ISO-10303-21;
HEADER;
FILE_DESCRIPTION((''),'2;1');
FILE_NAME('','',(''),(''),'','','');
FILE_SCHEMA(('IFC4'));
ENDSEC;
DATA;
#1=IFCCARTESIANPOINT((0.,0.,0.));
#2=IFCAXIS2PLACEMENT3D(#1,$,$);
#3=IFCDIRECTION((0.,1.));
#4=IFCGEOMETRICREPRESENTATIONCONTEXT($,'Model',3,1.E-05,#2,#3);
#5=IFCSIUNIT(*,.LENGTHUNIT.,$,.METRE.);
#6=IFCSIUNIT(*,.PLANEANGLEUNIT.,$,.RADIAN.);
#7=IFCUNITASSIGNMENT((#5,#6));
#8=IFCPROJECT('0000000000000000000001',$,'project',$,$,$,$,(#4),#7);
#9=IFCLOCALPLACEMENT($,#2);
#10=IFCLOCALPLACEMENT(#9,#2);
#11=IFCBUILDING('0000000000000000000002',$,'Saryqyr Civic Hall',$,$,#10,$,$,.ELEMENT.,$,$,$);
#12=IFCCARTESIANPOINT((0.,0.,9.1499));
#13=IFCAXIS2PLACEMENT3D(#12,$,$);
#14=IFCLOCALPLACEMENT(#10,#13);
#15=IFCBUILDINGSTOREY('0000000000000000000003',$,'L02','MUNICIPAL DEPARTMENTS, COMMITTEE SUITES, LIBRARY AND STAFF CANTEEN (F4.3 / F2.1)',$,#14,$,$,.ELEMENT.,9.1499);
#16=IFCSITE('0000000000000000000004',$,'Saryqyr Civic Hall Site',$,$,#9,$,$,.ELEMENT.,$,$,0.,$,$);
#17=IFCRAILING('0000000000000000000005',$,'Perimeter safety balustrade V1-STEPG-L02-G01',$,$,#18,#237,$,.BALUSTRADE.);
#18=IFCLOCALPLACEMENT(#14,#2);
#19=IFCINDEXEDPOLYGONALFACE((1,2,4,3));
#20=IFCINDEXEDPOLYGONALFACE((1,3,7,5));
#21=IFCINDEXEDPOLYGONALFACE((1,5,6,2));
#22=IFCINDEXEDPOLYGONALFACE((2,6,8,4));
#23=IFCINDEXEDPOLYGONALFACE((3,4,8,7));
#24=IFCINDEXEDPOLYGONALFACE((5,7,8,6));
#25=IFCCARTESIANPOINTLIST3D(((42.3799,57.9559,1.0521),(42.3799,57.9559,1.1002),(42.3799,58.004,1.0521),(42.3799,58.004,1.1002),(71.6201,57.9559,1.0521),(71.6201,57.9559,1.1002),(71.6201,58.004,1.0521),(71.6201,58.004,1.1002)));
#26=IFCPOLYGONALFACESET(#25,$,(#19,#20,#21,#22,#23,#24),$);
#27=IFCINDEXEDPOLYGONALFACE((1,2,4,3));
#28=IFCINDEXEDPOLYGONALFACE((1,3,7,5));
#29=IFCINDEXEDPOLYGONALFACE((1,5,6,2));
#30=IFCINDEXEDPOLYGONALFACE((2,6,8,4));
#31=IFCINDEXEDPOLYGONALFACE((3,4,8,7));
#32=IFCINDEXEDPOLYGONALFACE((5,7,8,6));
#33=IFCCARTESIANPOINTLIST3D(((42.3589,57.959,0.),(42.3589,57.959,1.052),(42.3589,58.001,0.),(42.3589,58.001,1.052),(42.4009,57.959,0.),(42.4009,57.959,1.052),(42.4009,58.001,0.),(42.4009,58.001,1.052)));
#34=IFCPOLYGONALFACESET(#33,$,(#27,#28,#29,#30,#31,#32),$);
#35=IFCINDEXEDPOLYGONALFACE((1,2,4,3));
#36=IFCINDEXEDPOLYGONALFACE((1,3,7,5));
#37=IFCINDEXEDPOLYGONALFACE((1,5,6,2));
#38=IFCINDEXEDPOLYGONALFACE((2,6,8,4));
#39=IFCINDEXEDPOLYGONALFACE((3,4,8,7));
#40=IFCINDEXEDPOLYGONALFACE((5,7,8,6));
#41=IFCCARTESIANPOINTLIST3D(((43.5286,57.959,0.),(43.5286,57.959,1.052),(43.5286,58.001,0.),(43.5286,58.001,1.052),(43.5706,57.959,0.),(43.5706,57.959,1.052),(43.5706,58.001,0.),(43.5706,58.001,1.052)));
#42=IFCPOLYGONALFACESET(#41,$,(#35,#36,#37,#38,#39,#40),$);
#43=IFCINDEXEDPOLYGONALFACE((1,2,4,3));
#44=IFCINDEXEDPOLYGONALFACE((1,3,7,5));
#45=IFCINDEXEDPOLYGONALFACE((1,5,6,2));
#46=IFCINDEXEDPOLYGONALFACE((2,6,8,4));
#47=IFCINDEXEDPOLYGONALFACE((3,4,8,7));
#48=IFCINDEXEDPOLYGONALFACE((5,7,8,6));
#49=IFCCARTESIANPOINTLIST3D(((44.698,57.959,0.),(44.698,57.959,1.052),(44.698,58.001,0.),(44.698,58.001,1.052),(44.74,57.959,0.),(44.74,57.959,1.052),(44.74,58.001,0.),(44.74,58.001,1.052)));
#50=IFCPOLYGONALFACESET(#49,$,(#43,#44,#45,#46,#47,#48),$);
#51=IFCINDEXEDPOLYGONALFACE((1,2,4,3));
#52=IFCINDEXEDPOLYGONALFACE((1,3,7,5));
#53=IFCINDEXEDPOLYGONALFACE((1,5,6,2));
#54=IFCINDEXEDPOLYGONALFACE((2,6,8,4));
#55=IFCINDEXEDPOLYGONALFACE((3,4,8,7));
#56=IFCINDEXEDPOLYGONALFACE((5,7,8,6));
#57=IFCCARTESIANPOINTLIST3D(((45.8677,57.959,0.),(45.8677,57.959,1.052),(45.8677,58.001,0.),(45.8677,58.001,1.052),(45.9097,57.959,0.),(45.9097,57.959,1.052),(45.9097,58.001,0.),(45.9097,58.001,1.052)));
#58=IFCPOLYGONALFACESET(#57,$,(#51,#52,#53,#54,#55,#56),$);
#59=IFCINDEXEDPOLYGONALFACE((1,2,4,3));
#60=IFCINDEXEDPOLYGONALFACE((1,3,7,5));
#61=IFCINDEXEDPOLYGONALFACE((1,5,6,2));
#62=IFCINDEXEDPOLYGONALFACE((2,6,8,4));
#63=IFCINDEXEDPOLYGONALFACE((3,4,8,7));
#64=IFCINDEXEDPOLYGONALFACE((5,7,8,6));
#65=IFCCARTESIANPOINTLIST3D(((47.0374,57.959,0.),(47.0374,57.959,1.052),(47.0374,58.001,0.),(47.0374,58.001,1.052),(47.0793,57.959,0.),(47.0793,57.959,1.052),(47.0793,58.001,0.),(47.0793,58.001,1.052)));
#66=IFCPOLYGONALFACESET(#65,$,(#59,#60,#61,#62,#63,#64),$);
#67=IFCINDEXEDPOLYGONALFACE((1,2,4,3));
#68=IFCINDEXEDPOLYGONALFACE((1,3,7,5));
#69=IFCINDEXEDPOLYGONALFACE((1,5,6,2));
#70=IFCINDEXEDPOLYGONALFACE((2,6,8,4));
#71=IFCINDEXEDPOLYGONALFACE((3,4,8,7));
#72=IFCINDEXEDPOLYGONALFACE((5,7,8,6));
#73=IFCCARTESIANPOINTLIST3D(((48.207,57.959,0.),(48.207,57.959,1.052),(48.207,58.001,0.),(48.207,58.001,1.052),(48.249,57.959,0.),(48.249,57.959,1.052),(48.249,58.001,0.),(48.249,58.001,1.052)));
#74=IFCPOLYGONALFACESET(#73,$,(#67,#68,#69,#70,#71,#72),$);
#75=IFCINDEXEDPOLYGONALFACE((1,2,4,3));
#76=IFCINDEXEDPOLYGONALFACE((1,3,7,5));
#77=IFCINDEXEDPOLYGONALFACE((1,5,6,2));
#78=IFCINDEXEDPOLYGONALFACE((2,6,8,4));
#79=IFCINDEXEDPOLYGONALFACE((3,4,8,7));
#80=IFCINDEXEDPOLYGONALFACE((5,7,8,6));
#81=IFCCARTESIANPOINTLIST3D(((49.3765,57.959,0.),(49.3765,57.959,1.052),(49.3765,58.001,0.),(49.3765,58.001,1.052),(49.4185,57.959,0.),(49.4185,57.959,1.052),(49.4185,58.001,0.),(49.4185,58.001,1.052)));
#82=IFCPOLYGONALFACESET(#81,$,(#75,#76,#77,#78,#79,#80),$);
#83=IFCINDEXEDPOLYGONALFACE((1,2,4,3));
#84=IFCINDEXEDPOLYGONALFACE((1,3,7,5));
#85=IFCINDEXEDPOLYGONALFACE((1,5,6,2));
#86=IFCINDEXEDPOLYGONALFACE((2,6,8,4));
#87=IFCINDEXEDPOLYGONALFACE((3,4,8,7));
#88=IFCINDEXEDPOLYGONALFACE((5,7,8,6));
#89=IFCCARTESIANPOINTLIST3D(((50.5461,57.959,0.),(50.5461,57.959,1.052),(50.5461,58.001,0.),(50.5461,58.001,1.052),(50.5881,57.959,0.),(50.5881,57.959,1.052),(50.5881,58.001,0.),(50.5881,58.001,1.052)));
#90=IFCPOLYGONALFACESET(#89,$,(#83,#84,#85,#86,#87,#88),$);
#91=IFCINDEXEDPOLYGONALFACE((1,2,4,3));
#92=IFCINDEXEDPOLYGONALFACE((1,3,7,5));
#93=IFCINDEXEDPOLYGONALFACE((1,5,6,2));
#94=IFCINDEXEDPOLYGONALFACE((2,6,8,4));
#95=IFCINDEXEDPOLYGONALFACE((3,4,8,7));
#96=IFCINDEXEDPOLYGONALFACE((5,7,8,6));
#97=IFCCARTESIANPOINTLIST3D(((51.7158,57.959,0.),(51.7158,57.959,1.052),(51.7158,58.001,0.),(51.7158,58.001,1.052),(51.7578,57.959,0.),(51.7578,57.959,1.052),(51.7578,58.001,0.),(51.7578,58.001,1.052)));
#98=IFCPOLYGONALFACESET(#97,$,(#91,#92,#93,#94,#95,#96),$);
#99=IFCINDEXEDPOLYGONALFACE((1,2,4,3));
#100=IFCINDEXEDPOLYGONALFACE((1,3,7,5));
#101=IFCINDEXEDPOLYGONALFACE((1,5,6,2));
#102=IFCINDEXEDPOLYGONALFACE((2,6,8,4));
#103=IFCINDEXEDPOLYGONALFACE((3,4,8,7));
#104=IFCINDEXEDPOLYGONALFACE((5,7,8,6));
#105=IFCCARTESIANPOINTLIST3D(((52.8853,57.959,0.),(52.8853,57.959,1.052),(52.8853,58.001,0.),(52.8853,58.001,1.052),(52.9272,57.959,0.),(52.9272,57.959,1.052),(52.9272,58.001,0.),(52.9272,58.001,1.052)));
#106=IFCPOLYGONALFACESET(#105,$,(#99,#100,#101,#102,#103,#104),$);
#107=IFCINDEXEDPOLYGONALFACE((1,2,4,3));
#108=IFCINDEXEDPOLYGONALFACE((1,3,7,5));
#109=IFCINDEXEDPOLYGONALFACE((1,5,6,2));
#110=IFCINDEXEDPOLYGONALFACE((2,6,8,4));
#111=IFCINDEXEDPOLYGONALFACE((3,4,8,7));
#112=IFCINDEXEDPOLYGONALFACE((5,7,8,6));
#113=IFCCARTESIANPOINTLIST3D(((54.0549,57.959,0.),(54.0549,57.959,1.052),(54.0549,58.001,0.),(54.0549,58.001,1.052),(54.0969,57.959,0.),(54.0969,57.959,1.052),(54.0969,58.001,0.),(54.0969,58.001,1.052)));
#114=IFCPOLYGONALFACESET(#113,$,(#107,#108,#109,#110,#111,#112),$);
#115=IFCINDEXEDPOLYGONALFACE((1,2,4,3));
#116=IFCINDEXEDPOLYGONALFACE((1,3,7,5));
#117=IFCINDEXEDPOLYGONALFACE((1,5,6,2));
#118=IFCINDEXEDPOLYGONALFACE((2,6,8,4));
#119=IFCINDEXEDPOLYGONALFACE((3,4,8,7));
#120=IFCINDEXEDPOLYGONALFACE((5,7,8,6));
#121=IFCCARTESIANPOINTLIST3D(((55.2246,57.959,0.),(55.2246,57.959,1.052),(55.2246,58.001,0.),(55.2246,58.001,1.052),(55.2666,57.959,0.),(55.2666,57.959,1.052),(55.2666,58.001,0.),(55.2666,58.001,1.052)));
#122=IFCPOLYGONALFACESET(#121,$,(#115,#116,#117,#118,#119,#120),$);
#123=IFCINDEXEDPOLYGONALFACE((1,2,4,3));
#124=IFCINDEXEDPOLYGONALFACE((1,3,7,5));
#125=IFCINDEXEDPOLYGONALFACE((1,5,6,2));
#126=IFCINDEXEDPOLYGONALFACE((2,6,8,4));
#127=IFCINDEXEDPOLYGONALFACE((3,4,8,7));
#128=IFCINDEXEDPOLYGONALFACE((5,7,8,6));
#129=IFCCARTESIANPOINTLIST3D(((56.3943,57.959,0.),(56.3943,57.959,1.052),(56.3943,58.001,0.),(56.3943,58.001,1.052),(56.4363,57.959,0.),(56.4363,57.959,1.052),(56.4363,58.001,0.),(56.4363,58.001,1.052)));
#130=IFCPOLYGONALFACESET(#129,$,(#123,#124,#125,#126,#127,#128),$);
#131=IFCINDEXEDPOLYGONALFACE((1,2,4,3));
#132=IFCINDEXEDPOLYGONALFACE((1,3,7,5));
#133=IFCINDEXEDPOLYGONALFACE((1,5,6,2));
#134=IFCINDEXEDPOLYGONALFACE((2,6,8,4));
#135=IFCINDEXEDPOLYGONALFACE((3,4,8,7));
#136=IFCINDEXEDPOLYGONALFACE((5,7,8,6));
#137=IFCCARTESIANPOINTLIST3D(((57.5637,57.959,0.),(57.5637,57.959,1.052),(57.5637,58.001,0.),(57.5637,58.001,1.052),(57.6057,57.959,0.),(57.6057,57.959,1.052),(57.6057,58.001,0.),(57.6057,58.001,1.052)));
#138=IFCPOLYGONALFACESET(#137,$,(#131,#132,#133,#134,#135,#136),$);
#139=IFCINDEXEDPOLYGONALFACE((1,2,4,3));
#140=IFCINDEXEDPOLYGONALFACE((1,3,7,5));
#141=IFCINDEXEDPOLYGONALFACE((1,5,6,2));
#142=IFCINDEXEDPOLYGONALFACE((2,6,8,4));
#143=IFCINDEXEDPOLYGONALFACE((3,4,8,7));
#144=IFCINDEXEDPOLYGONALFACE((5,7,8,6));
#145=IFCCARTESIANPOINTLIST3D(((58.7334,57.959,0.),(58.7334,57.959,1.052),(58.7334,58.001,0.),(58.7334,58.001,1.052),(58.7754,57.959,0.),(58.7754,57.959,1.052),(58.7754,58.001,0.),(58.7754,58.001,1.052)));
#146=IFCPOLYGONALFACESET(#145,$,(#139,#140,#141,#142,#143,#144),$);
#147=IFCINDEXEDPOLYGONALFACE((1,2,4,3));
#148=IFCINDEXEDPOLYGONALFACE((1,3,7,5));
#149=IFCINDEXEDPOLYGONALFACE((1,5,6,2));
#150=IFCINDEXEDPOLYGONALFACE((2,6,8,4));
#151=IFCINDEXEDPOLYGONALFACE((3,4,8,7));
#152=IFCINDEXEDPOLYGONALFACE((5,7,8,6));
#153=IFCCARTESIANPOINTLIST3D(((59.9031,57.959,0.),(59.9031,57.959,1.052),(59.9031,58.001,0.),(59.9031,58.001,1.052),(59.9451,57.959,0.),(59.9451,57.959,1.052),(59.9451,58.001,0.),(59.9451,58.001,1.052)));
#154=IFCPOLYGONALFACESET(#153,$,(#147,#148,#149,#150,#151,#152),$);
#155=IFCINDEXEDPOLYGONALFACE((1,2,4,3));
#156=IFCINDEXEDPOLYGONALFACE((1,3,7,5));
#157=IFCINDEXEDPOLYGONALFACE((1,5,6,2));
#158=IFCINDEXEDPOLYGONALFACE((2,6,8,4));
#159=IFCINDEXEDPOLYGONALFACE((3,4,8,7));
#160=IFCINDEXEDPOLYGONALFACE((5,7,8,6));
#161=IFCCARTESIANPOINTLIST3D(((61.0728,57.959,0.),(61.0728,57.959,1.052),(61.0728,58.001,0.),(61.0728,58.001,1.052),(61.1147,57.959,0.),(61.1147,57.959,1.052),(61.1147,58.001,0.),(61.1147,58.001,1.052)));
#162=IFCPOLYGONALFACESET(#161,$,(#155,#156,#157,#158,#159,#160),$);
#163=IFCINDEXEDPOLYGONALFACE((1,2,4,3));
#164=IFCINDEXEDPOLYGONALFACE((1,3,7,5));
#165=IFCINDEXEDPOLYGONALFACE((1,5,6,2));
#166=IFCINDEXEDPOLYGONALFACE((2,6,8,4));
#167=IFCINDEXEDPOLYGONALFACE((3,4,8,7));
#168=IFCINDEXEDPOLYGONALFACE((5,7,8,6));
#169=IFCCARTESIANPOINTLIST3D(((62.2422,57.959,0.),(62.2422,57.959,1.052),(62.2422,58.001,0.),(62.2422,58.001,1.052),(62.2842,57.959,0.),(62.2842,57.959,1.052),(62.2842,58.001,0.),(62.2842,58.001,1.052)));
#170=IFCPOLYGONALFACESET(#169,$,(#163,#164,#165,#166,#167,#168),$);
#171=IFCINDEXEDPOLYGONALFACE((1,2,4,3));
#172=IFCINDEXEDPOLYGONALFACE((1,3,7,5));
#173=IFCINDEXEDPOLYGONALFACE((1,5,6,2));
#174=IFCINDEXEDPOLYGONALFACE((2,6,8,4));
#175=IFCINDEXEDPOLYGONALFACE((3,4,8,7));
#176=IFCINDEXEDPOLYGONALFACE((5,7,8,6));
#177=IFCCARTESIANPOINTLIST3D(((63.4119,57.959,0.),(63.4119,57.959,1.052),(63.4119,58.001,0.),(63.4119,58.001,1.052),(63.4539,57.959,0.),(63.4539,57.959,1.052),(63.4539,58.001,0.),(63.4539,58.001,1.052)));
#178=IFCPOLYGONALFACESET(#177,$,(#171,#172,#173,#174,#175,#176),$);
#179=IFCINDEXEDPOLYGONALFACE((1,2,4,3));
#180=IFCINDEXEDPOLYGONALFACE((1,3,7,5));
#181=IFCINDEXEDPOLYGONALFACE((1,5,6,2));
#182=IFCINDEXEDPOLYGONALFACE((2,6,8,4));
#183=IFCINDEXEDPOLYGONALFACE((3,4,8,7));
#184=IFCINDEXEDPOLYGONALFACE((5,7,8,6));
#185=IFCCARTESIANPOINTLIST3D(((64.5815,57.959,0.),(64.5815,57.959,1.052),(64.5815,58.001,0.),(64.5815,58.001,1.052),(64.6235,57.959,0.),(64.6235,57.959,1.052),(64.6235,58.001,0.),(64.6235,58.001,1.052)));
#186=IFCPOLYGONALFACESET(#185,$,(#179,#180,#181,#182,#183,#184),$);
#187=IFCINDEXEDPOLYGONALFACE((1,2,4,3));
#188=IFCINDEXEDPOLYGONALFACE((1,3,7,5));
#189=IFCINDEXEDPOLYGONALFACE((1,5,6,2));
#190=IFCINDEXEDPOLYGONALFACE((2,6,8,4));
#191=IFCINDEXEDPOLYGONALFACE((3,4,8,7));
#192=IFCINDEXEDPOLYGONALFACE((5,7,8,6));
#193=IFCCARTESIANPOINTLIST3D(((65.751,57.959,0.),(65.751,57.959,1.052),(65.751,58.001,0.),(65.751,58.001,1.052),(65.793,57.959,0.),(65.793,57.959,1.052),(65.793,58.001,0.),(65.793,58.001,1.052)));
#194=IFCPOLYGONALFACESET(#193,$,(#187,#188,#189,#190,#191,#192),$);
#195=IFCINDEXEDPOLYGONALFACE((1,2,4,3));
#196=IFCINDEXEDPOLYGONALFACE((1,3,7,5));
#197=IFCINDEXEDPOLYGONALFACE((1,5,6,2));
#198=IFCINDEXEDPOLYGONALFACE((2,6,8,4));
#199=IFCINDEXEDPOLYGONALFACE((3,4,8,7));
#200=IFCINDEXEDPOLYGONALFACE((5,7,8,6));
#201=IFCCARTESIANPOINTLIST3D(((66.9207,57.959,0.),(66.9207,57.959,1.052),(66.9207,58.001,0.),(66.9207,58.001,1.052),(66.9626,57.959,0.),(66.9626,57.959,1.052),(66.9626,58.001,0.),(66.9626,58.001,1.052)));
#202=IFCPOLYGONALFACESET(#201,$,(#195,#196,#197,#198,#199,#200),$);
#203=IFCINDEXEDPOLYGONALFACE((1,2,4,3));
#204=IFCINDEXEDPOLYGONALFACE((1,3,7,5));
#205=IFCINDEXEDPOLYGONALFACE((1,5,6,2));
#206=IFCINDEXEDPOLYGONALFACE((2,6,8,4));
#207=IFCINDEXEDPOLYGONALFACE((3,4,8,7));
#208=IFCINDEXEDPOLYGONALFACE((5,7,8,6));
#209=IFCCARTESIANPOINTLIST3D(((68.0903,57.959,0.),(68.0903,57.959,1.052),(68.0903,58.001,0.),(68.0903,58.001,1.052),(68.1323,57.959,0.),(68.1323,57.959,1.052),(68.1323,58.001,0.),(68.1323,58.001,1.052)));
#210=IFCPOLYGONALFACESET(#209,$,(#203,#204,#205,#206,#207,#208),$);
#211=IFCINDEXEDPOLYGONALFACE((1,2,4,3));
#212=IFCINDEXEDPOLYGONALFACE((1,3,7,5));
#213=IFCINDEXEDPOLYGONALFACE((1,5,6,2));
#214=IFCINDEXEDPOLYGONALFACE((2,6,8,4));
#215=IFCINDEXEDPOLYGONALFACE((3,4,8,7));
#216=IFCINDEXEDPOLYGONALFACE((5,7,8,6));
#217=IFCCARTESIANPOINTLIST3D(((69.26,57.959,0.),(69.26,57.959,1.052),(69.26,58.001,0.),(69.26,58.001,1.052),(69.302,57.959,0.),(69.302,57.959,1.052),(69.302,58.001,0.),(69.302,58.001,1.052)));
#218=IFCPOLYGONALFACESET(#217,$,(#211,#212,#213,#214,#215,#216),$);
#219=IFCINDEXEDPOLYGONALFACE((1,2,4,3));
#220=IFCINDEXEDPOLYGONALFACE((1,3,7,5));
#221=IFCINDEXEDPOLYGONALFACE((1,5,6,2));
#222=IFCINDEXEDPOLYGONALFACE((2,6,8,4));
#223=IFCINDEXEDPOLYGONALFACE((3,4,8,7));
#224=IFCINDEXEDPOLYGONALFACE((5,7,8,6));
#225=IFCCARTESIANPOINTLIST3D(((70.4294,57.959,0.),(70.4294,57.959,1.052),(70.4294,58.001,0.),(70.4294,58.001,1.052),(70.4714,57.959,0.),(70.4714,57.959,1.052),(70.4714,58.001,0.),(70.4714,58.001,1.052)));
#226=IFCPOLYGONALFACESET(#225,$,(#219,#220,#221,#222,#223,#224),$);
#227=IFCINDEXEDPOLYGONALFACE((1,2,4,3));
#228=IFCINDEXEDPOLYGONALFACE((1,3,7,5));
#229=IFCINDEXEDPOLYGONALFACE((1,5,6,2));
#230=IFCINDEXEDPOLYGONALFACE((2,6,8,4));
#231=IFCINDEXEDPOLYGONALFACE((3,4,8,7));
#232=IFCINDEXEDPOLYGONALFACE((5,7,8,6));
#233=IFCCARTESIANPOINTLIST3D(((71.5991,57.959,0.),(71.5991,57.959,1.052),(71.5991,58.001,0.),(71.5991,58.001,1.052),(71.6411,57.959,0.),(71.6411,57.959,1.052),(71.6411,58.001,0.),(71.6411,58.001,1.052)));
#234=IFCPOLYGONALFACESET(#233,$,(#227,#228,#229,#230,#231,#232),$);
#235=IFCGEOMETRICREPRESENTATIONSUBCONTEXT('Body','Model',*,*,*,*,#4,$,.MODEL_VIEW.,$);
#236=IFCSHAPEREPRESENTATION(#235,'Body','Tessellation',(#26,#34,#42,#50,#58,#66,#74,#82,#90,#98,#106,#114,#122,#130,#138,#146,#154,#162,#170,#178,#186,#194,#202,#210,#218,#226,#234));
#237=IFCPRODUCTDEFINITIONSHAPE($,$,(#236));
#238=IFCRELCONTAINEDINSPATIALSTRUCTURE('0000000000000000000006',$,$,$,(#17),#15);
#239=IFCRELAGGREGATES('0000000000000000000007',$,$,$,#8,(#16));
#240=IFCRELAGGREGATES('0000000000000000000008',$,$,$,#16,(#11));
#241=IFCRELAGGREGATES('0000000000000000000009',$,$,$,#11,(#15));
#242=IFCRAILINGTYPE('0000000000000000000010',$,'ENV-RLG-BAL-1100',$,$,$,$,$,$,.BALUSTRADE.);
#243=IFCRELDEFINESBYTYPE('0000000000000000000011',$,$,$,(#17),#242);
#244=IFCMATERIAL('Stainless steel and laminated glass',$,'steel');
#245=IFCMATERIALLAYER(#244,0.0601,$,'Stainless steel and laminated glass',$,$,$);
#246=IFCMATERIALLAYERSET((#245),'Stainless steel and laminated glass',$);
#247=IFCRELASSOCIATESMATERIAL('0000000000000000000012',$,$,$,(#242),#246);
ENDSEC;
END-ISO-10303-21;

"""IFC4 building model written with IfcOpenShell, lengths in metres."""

from ifc_helpers import new_model, si_unit, direction, frame, origin, origin_2d, place, context, subcontext, project, spatial, rectangle, extrude, material, layer, layer_set, type_object, element, save


model = new_model("IFC4")

# Units and contexts
model_context = context("Model", 3, precision=1e-05, world=origin(), true_north=direction((0.0, 1.0)))
body_context = subcontext(model_context, "Body", "Model", "MODEL_VIEW")
ifc_project = project(units=[si_unit("LENGTHUNIT", "METRE"), si_unit("PLANEANGLEUNIT", "RADIAN")], contexts=[model_context])

# Site, building, storey
site_placement = place(None, origin())
site = spatial("IfcSite", under=ifc_project, at=site_placement, Name="Saryqyr Civic Hall Site", CompositionType="ELEMENT", RefElevation=0.0)
building_placement = place(site_placement, origin())
building = spatial("IfcBuilding", under=site, at=building_placement, Name="Saryqyr Civic Hall", CompositionType="ELEMENT")
storey_placement = place(building_placement, frame((0.0, 0.0, 9.1499)))
storey = spatial("IfcBuildingStorey", under=building, at=storey_placement, Name="L02", Description="MUNICIPAL DEPARTMENTS, COMMITTEE SUITES, LIBRARY AND STAFF CANTEEN (F4.3 / F2.1)", CompositionType="ELEMENT", Elevation=9.1499)

# Railing
ifc_material_1 = material(Name="Stainless steel and laminated glass", Category="steel")
ifc_layer_1 = layer(ifc_material_1, 0.0601, Name="Stainless steel and laminated glass")
ifc_layer_set_1 = layer_set([ifc_layer_1], Name="Stainless steel and laminated glass")
railing_type_1 = type_object("IfcRailingType", Name="ENV-RLG-BAL-1100", PredefinedType="BALUSTRADE", material=ifc_layer_set_1)
railing_1_placement = place(storey_placement, frame((42.3799, 57.98, 0.0)))
element("IfcRailing", 1, at=railing_1_placement, inside=storey, type_object=railing_type_1, Name="Perimeter safety balustrade V1-STEPG-L02-G01", PredefinedType="BALUSTRADE", context=body_context, shape_type="SweptSolid", body=[
    extrude(rectangle(XDim=0.0481, YDim=0.0481, at=origin_2d()), frame((0.0, 0.0, 1.0762), z_axis=(1.0, 0.0, 0.0), x_axis=(0.0, 1.0, 0.0)), (0.0, 0.0, 1.0), 29.2402),
    extrude(rectangle(XDim=0.042, YDim=0.042, at=origin_2d()), origin(), (0.0, 0.0, 1.0), 1.052),
    extrude(rectangle(XDim=0.042, YDim=0.042, at=origin_2d()), frame((1.1697, 0.0, 0.0)), (0.0, 0.0, 1.0), 1.052),
    extrude(rectangle(XDim=0.042, YDim=0.042, at=origin_2d()), frame((2.3391, 0.0, 0.0)), (0.0, 0.0, 1.0), 1.052),
    extrude(rectangle(XDim=0.042, YDim=0.042, at=origin_2d()), frame((3.5088, 0.0, 0.0)), (0.0, 0.0, 1.0), 1.052),
    extrude(rectangle(XDim=0.042, YDim=0.042, at=origin_2d()), frame((4.6785, 0.0, 0.0)), (0.0, 0.0, 1.0), 1.052),
    extrude(rectangle(XDim=0.042, YDim=0.042, at=origin_2d()), frame((5.8481, 0.0, 0.0)), (0.0, 0.0, 1.0), 1.052),
    extrude(rectangle(XDim=0.042, YDim=0.042, at=origin_2d()), frame((7.0176, 0.0, 0.0)), (0.0, 0.0, 1.0), 1.052),
    extrude(rectangle(XDim=0.042, YDim=0.042, at=origin_2d()), frame((8.1873, 0.0, 0.0)), (0.0, 0.0, 1.0), 1.052),
    extrude(rectangle(XDim=0.042, YDim=0.042, at=origin_2d()), frame((9.3569, 0.0, 0.0)), (0.0, 0.0, 1.0), 1.052),
    extrude(rectangle(XDim=0.042, YDim=0.042, at=origin_2d()), frame((10.5264, 0.0, 0.0)), (0.0, 0.0, 1.0), 1.052),
    extrude(rectangle(XDim=0.042, YDim=0.042, at=origin_2d()), frame((11.696, 0.0, 0.0)), (0.0, 0.0, 1.0), 1.052),
    extrude(rectangle(XDim=0.042, YDim=0.042, at=origin_2d()), frame((12.8657, 0.0, 0.0)), (0.0, 0.0, 1.0), 1.052),
    extrude(rectangle(XDim=0.042, YDim=0.042, at=origin_2d()), frame((14.0354, 0.0, 0.0)), (0.0, 0.0, 1.0), 1.052),
    extrude(rectangle(XDim=0.042, YDim=0.042, at=origin_2d()), frame((15.2048, 0.0, 0.0)), (0.0, 0.0, 1.0), 1.052),
    extrude(rectangle(XDim=0.042, YDim=0.042, at=origin_2d()), frame((16.3745, 0.0, 0.0)), (0.0, 0.0, 1.0), 1.052),
    extrude(rectangle(XDim=0.042, YDim=0.042, at=origin_2d()), frame((17.5442, 0.0, 0.0)), (0.0, 0.0, 1.0), 1.052),
    extrude(rectangle(XDim=0.042, YDim=0.042, at=origin_2d()), frame((18.7139, 0.0, 0.0)), (0.0, 0.0, 1.0), 1.052),
    extrude(rectangle(XDim=0.042, YDim=0.042, at=origin_2d()), frame((19.8833, 0.0, 0.0)), (0.0, 0.0, 1.0), 1.052),
    extrude(rectangle(XDim=0.042, YDim=0.042, at=origin_2d()), frame((21.053, 0.0, 0.0)), (0.0, 0.0, 1.0), 1.052),
    extrude(rectangle(XDim=0.042, YDim=0.042, at=origin_2d()), frame((22.2227, 0.0, 0.0)), (0.0, 0.0, 1.0), 1.052),
    extrude(rectangle(XDim=0.042, YDim=0.042, at=origin_2d()), frame((23.3921, 0.0, 0.0)), (0.0, 0.0, 1.0), 1.052),
    extrude(rectangle(XDim=0.042, YDim=0.042, at=origin_2d()), frame((24.5618, 0.0, 0.0)), (0.0, 0.0, 1.0), 1.052),
    extrude(rectangle(XDim=0.042, YDim=0.042, at=origin_2d()), frame((25.7314, 0.0, 0.0)), (0.0, 0.0, 1.0), 1.052),
    extrude(rectangle(XDim=0.042, YDim=0.042, at=origin_2d()), frame((26.9011, 0.0, 0.0)), (0.0, 0.0, 1.0), 1.052),
    extrude(rectangle(XDim=0.042, YDim=0.042, at=origin_2d()), frame((28.0706, 0.0, 0.0)), (0.0, 0.0, 1.0), 1.052),
    extrude(rectangle(XDim=0.042, YDim=0.042, at=origin_2d()), frame((29.2402, 0.0, 0.0)), (0.0, 0.0, 1.0), 1.052),
])

save(model, "model.ifc")
